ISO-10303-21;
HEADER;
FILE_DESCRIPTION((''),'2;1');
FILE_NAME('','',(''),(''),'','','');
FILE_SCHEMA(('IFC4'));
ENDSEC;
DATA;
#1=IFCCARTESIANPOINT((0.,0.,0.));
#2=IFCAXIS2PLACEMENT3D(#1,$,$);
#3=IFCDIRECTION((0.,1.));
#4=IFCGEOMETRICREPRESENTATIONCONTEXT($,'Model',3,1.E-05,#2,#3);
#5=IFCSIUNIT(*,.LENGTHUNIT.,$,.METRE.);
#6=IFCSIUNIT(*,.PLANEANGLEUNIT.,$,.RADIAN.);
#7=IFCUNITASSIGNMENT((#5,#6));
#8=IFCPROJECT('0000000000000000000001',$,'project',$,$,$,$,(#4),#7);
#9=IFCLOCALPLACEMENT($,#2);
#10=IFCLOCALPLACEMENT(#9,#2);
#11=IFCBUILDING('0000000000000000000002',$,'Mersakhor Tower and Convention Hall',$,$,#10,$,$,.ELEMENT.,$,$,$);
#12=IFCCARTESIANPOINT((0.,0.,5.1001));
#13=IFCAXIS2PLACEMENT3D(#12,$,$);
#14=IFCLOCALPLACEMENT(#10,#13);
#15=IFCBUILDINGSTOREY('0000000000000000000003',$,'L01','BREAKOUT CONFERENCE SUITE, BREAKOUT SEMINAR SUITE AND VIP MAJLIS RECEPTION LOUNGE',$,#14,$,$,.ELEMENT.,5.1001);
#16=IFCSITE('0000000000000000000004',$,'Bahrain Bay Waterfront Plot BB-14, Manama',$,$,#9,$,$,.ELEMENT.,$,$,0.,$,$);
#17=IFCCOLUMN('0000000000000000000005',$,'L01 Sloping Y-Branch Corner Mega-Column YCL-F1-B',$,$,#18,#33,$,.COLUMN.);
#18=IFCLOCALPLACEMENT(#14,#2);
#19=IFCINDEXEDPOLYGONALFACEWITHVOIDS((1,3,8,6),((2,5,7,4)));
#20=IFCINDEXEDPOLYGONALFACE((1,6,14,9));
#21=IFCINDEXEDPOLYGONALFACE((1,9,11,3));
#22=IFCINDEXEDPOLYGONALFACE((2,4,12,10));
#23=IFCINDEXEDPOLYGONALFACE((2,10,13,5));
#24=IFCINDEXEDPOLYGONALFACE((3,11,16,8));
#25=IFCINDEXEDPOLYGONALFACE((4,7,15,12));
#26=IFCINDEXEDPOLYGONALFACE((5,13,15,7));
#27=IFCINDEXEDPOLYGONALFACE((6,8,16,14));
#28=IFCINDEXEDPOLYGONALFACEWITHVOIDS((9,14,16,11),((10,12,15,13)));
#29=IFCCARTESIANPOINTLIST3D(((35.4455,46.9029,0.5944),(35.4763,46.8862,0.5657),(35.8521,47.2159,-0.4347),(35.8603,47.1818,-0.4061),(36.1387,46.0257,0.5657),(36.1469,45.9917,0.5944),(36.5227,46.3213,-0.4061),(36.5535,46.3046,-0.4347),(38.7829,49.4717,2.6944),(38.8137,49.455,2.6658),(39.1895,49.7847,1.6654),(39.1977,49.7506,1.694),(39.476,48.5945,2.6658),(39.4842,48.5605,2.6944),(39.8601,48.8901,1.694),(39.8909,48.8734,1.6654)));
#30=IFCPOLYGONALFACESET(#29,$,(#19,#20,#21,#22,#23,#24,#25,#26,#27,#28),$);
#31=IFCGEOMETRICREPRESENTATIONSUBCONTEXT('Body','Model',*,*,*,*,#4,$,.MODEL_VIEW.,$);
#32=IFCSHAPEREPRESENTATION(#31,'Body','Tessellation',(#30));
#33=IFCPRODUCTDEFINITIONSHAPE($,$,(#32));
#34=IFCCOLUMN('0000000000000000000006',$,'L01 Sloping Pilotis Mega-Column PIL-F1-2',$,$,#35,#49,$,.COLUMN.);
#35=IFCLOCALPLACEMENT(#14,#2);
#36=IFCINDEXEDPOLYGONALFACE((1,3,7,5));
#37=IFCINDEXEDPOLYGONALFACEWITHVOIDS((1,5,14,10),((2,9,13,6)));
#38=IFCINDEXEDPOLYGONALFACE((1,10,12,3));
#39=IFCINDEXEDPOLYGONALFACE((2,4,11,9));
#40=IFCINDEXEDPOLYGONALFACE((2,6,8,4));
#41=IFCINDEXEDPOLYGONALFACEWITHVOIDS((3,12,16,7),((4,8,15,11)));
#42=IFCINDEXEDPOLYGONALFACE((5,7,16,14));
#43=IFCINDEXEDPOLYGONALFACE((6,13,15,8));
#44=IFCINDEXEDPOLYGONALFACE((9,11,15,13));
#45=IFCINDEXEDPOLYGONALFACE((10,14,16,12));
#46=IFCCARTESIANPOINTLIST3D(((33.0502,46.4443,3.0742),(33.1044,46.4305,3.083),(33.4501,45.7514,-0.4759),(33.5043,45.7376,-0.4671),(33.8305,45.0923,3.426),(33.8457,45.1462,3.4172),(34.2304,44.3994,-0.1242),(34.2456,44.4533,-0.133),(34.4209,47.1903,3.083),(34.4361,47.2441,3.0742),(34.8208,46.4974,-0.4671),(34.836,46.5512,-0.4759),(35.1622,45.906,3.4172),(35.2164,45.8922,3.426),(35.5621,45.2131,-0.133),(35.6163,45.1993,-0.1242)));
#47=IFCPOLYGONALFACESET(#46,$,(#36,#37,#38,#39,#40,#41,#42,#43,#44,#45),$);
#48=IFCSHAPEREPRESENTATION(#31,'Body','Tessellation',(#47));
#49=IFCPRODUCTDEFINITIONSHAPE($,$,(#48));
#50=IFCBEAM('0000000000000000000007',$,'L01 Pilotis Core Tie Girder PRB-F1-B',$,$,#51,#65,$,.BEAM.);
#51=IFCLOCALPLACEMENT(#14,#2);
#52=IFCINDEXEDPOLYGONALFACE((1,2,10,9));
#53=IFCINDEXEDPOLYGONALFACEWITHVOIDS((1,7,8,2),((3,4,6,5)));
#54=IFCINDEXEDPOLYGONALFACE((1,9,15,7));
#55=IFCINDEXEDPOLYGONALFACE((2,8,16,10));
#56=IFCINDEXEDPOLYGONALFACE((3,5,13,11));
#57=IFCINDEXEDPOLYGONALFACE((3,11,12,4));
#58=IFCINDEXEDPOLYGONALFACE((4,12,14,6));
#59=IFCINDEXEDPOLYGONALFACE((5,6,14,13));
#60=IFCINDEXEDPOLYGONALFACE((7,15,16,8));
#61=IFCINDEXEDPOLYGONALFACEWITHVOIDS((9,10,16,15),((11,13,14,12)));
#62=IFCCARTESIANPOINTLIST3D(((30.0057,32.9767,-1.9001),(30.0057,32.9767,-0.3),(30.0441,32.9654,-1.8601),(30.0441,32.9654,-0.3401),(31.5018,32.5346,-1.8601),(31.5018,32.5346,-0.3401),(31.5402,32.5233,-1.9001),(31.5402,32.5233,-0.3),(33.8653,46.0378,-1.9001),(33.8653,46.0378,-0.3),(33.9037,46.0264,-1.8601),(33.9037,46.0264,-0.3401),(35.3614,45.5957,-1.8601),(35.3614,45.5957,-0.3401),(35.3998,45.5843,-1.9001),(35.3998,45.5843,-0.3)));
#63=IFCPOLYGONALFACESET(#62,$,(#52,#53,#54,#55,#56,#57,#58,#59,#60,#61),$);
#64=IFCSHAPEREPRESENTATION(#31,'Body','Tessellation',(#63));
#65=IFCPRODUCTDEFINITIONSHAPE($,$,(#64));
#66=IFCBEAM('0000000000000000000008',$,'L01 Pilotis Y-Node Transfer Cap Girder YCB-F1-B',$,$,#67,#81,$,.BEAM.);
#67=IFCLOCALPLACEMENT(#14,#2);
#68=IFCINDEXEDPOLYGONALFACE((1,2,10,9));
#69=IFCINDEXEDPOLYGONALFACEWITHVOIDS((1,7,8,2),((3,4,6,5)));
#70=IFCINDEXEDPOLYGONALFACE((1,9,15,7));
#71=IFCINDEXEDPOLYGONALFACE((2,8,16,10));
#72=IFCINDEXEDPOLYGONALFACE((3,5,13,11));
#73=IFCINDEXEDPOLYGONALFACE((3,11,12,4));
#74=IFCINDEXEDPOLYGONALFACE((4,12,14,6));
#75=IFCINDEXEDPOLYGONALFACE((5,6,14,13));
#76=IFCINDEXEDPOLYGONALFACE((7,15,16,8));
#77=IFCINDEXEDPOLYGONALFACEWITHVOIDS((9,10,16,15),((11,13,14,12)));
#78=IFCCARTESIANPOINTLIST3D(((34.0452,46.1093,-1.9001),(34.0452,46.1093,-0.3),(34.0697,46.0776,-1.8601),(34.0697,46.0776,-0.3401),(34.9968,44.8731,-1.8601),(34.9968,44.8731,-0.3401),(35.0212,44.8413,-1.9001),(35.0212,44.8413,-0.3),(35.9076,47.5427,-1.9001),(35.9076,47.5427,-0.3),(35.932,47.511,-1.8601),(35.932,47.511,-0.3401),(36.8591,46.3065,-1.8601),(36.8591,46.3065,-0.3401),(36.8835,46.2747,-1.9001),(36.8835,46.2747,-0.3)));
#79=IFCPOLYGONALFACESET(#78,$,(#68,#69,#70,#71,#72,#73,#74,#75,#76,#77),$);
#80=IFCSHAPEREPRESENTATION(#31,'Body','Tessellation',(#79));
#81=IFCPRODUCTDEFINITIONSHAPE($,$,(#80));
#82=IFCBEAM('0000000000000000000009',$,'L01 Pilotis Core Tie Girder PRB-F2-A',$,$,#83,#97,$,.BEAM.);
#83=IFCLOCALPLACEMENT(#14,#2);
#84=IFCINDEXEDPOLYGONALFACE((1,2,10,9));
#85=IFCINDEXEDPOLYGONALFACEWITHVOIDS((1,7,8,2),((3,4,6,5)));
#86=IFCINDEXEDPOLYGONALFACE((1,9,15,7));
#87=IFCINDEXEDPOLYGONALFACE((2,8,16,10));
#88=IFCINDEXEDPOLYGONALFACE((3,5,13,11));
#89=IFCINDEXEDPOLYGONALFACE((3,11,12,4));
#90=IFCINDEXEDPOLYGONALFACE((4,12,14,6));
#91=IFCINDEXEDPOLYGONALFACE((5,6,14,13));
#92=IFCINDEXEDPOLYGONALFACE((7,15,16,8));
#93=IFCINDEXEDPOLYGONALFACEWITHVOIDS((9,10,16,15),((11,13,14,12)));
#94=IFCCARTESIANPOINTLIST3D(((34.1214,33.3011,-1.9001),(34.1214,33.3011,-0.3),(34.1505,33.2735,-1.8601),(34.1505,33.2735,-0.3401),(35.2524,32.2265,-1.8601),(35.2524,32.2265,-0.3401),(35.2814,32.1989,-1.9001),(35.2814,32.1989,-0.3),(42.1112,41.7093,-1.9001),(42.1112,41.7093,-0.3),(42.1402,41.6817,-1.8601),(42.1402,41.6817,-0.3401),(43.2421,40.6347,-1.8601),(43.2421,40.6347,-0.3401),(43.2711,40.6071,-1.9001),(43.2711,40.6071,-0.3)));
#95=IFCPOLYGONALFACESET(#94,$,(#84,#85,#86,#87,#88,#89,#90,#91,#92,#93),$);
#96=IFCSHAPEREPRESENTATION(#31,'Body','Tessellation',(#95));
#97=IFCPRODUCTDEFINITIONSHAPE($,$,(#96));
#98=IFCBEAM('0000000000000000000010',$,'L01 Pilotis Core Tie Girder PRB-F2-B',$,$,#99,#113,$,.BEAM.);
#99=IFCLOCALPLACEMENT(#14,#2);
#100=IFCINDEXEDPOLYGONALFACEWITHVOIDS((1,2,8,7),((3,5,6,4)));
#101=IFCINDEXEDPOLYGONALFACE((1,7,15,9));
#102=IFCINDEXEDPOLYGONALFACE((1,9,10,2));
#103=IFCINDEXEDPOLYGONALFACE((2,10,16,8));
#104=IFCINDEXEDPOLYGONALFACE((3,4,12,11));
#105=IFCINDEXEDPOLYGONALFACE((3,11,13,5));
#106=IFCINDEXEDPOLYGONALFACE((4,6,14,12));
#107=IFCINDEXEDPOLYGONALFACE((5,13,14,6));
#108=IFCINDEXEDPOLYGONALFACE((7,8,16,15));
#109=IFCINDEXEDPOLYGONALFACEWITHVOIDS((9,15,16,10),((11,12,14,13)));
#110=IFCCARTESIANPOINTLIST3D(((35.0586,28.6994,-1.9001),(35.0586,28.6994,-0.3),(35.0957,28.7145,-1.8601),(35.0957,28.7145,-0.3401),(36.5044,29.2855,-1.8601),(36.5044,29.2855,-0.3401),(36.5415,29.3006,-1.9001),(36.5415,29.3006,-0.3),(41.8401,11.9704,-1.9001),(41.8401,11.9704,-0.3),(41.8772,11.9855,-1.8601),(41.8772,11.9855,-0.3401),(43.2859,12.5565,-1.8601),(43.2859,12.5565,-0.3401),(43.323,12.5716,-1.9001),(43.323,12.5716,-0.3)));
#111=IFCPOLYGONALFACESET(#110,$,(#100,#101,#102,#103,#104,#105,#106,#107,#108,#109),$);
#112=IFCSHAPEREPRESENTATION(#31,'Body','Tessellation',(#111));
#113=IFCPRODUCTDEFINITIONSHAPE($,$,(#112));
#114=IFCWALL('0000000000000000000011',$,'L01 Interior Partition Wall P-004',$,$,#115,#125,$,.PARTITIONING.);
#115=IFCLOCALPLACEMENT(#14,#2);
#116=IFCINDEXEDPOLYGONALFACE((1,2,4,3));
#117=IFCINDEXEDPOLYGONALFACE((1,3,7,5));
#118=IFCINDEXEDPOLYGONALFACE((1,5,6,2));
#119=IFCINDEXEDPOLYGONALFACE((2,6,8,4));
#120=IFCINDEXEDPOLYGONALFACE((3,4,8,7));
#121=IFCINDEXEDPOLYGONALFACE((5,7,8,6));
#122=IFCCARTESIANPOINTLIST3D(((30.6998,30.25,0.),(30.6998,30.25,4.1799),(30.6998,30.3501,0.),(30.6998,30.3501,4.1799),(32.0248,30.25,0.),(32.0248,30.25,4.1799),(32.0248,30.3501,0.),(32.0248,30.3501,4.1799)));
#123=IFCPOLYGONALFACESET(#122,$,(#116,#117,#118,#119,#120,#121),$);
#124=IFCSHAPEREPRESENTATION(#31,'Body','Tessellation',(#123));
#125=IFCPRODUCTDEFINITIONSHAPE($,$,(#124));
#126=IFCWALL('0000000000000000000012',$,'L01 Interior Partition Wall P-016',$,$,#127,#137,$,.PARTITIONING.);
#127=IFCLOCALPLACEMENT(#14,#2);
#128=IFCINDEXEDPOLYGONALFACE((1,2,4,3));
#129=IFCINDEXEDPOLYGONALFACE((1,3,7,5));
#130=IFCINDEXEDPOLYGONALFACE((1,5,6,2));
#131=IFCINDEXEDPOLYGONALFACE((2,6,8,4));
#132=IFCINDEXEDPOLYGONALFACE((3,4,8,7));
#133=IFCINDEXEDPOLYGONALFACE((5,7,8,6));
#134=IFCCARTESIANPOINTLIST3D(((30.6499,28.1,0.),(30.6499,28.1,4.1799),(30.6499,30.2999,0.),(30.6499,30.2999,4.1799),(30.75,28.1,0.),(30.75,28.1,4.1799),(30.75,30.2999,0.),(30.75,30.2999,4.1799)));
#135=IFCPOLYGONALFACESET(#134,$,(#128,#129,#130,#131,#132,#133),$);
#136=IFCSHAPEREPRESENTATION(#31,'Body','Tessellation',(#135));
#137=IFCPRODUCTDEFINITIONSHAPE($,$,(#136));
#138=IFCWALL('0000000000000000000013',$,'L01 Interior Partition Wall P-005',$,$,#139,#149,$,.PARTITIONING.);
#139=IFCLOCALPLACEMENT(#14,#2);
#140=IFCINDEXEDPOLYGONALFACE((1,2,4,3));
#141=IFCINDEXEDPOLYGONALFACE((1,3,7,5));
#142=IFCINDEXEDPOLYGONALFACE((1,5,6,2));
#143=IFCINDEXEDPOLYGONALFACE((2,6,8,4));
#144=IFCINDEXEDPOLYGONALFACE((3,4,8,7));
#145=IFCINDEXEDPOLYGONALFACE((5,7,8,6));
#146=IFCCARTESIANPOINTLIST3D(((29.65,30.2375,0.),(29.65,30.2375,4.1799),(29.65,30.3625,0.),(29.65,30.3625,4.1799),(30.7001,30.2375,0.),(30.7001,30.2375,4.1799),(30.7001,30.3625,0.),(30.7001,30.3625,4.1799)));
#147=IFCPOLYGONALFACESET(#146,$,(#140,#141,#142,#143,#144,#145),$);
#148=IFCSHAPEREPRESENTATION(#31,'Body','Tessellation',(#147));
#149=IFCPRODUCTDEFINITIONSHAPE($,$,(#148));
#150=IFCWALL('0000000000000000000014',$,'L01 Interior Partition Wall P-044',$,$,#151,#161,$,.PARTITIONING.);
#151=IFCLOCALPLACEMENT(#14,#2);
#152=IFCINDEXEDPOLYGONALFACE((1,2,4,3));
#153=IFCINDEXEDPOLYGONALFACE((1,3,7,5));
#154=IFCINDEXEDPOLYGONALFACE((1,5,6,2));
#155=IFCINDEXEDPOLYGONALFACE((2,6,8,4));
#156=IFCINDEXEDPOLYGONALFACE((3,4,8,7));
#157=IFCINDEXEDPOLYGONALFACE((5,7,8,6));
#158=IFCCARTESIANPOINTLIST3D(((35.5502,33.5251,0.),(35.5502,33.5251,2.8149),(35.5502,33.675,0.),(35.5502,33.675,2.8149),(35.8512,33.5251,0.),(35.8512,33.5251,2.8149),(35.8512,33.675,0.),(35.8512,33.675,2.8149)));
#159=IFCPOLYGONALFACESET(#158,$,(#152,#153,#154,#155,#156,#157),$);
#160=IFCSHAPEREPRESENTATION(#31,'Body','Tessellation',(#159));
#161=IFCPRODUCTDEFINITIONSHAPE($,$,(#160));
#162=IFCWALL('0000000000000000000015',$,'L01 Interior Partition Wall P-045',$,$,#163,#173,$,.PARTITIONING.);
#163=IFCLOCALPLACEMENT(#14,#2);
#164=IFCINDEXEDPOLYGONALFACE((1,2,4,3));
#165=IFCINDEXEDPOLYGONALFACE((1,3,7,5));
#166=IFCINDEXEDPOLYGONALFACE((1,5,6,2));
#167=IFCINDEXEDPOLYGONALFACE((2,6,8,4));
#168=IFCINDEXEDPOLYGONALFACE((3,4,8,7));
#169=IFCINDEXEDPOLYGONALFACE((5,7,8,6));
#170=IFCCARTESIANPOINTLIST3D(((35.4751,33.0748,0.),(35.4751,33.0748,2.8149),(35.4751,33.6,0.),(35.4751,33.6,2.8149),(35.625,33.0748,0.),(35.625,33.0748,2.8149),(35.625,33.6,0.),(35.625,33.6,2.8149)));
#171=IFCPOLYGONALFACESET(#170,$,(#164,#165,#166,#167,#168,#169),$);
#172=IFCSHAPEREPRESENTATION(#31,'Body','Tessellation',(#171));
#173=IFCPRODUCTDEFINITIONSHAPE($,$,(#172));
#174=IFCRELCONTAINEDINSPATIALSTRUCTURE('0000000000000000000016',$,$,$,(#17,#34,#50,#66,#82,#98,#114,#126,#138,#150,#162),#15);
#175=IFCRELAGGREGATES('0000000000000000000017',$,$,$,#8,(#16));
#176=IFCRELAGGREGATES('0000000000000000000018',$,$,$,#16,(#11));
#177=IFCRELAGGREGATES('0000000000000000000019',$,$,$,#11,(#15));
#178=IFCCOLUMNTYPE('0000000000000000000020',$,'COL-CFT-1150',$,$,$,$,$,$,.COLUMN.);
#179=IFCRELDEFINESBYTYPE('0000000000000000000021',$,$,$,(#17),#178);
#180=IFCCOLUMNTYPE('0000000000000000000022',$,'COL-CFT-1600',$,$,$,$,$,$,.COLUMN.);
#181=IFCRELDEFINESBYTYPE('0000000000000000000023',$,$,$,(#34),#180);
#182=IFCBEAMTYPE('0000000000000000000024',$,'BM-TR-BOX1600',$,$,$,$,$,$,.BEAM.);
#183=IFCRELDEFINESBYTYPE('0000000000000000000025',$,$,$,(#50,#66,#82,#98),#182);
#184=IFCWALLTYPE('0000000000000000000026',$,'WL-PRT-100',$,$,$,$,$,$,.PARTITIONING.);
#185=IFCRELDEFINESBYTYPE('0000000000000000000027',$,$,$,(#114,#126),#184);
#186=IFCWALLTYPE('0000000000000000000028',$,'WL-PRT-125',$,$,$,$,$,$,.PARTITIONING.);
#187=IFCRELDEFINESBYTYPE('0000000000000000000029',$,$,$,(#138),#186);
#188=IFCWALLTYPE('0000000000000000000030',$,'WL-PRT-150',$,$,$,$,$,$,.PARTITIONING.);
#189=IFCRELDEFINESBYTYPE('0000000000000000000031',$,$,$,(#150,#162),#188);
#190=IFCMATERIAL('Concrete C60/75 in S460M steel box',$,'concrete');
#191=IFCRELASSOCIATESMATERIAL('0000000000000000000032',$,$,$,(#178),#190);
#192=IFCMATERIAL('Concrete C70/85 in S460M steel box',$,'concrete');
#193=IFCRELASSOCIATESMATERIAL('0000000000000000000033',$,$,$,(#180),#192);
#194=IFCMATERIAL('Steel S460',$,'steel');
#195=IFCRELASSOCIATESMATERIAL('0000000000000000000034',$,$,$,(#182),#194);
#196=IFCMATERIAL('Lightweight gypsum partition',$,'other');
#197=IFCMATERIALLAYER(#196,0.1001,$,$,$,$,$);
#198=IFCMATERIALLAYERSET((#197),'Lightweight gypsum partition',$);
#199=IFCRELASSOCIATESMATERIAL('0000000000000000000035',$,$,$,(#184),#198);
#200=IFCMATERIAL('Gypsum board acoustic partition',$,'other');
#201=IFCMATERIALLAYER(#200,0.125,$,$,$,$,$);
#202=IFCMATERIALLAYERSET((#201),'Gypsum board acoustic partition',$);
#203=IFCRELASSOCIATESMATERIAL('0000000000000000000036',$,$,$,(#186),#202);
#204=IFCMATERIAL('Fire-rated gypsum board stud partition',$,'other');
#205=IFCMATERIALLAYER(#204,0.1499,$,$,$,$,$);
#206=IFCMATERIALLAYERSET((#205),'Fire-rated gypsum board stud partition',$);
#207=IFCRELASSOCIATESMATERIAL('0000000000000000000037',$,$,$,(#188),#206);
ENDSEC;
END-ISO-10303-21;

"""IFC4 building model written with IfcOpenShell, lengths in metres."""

from ifc_helpers import new_model, si_unit, direction, frame, frame_2d, origin, origin_2d, place, context, subcontext, project, spatial, rectangle, hollow_rectangle, extrude, material, layer, layer_set, material_profile, profile_set, type_object, element, save


model = new_model("IFC4")

# Units and contexts
model_context = context("Model", 3, precision=1e-05, world=origin(), true_north=direction((0.0, 1.0)))
body_context = subcontext(model_context, "Body", "Model", "MODEL_VIEW")
ifc_project = project(units=[si_unit("LENGTHUNIT", "METRE"), si_unit("PLANEANGLEUNIT", "RADIAN")], contexts=[model_context])

# Site, building, storey
site_placement = place(None, origin())
site = spatial("IfcSite", under=ifc_project, at=site_placement, Name="Bahrain Bay Waterfront Plot BB-14, Manama", CompositionType="ELEMENT", RefElevation=0.0)
building_placement = place(site_placement, origin())
building = spatial("IfcBuilding", under=site, at=building_placement, Name="Mersakhor Tower and Convention Hall", CompositionType="ELEMENT")
storey_placement = place(building_placement, frame((0.0, 0.0, 5.1001)))
storey = spatial("IfcBuildingStorey", under=building, at=storey_placement, Name="L01", Description="BREAKOUT CONFERENCE SUITE, BREAKOUT SEMINAR SUITE AND VIP MAJLIS RECEPTION LOUNGE", CompositionType="ELEMENT", Elevation=5.1001)

# Columns
ifc_material_1 = material(Name="Concrete C60/75 in S460M steel box", Category="concrete")
ifc_material_profile_1 = material_profile(ifc_material_1, hollow_rectangle(XDim=1.1499, YDim=1.1499, WallThickness=0.032, at=origin_2d()), Name="SHS 1150x1150x32")
ifc_profile_set_1 = profile_set([ifc_material_profile_1], Name="Concrete C60/75 in S460M steel box")
column_type_1 = type_object("IfcColumnType", Name="COL-CFT-1150", PredefinedType="COLUMN", material=ifc_profile_set_1)
column_1_placement = place(storey_placement, frame((35.9995, 46.6038, 0.0798), z_axis=(0.709161, 0.545852, 0.446247), x_axis=(-0.609952, 0.792439, 0.0)))
element("IfcColumn", 1, at=column_1_placement, inside=storey, type_object=column_type_1, Name="L01 Sloping Y-Branch Corner Mega-Column YCL-F1-B", PredefinedType="COLUMN", context=body_context, shape_type="SweptSolid", body=[
    extrude(hollow_rectangle(XDim=1.1499, YDim=1.1499, WallThickness=0.032, at=origin_2d()), origin(), (0.0, 0.0, 1.0), 4.7061),
])
ifc_material_2 = material(Name="Concrete C70/85 in S460M steel box", Category="concrete")
ifc_material_profile_2 = material_profile(ifc_material_2, hollow_rectangle(XDim=1.6001, YDim=1.6001, WallThickness=0.04, at=origin_2d()), Name="SHS 1600x1600x40")
ifc_profile_set_2 = profile_set([ifc_material_profile_2], Name="Concrete C70/85 in S460M steel box")
column_type_2 = type_object("IfcColumnType", Name="COL-CFT-1600", PredefinedType="COLUMN", material=ifc_profile_set_2)
column_2_placement = place(storey_placement, frame((34.5332, 45.4753, -0.3), z_axis=(-0.109891, 0.190398, 0.975537), x_axis=(-0.866094, -0.499881, 0.0)))
element("IfcColumn", 2, at=column_2_placement, inside=storey, type_object=column_type_2, Name="L01 Sloping Pilotis Mega-Column PIL-F1-2", PredefinedType="COLUMN", context=body_context, shape_type="SweptSolid", body=[
    extrude(hollow_rectangle(XDim=1.6001, YDim=1.6001, WallThickness=0.04, at=origin_2d()), origin(), (0.0, 0.0, 1.0), 3.6392),
])

# Beams
ifc_material_3 = material(Name="Steel S460", Category="steel")
ifc_material_profile_3 = material_profile(ifc_material_3, hollow_rectangle(XDim=1.6001, YDim=1.6001, WallThickness=0.04, at=origin_2d()), Name="SHS 1600x1600x40")
ifc_profile_set_3 = profile_set([ifc_material_profile_3], Name="Steel S460")
beam_type = type_object("IfcBeamType", Name="BM-TR-BOX1600", PredefinedType="BEAM", material=ifc_profile_set_3)
beam_1_placement = place(storey_placement, frame((30.7729, 32.75, -1.1001), z_axis=(0.283392, 0.959004, 0.0), x_axis=(-0.959004, 0.283392, 0.0)))
element("IfcBeam", 3, at=beam_1_placement, inside=storey, type_object=beam_type, Name="L01 Pilotis Core Tie Girder PRB-F1-B", PredefinedType="BEAM", context=body_context, shape_type="SweptSolid", body=[
    extrude(hollow_rectangle(XDim=1.6001, YDim=1.6001, WallThickness=0.04, at=origin_2d()), origin(), (0.0, 0.0, 1.0), 13.6194),
])
beam_2_placement = place(storey_placement, frame((34.5332, 45.4753, -1.1001), z_axis=(0.792458, 0.609927, 0.0), x_axis=(-0.609927, 0.792458, 0.0)))
element("IfcBeam", 4, at=beam_2_placement, inside=storey, type_object=beam_type, Name="L01 Pilotis Y-Node Transfer Cap Girder YCB-F1-B", PredefinedType="BEAM", context=body_context, shape_type="SweptSolid", body=[
    extrude(hollow_rectangle(XDim=1.6001, YDim=1.6001, WallThickness=0.04, at=origin_2d()), origin(), (0.0, 0.0, 1.0), 2.3501),
])
beam_3_placement = place(storey_placement, frame((34.7014, 32.75, -1.1001), z_axis=(0.688838, 0.724915, 0.0), x_axis=(-0.724915, 0.688838, 0.0)))
element("IfcBeam", 5, at=beam_3_placement, inside=storey, type_object=beam_type, Name="L01 Pilotis Core Tie Girder PRB-F2-A", PredefinedType="BEAM", context=body_context, shape_type="SweptSolid", body=[
    extrude(hollow_rectangle(XDim=1.6001, YDim=1.6001, WallThickness=0.04, at=origin_2d()), origin(), (0.0, 0.0, 1.0), 11.5989),
])
beam_4_placement = place(storey_placement, frame((35.8, 29.0, -1.1001), z_axis=(0.37568, -0.92675, 0.0), x_axis=(0.92675, 0.37568, 0.0)))
element("IfcBeam", 6, at=beam_4_placement, inside=storey, type_object=beam_type, Name="L01 Pilotis Core Tie Girder PRB-F2-B", PredefinedType="BEAM", context=body_context, shape_type="SweptSolid", body=[
    extrude(hollow_rectangle(XDim=1.6001, YDim=1.6001, WallThickness=0.04, at=origin_2d()), origin(), (0.0, 0.0, 1.0), 18.0513),
])

# Walls
ifc_material_4 = material(Name="Lightweight gypsum partition", Category="other")
ifc_layer_1 = layer(ifc_material_4, 0.1001)
ifc_layer_set_1 = layer_set([ifc_layer_1], Name="Lightweight gypsum partition")
wall_type_1 = type_object("IfcWallType", Name="WL-PRT-100", PredefinedType="PARTITIONING", material=ifc_layer_set_1)
wall_1_placement = place(storey_placement, frame((32.0249, 30.3, 0.0), z_axis=(0.0, 0.0, 1.0), x_axis=(-1.0, 0.0, 0.0)))
element("IfcWall", 7, at=wall_1_placement, inside=storey, type_object=wall_type_1, Name="L01 Interior Partition Wall P-004", PredefinedType="PARTITIONING", context=body_context, shape_type="SweptSolid", body=[
    extrude(rectangle(XDim=1.325, YDim=0.1001, at=frame_2d((0.6626, 0.0))), origin(), (0.0, 0.0, 1.0), 4.1799),
])
wall_2_placement = place(storey_placement, frame((30.7, 30.3, 0.0), z_axis=(0.0, 0.0, 1.0), x_axis=(0.0, -1.0, 0.0)))
element("IfcWall", 8, at=wall_2_placement, inside=storey, type_object=wall_type_1, Name="L01 Interior Partition Wall P-016", PredefinedType="PARTITIONING", context=body_context, shape_type="SweptSolid", body=[
    extrude(rectangle(XDim=2.2, YDim=0.1001, at=frame_2d((1.1001, 0.0))), origin(), (0.0, 0.0, 1.0), 4.1799),
])
ifc_material_5 = material(Name="Gypsum board acoustic partition", Category="other")
ifc_layer_2 = layer(ifc_material_5, 0.125)
ifc_layer_set_2 = layer_set([ifc_layer_2], Name="Gypsum board acoustic partition")
wall_type_2 = type_object("IfcWallType", Name="WL-PRT-125", PredefinedType="PARTITIONING", material=ifc_layer_set_2)
wall_3_placement = place(storey_placement, frame((30.7, 30.3, 0.0), z_axis=(0.0, 0.0, 1.0), x_axis=(-1.0, 0.0, 0.0)))
element("IfcWall", 9, at=wall_3_placement, inside=storey, type_object=wall_type_2, Name="L01 Interior Partition Wall P-005", PredefinedType="PARTITIONING", context=body_context, shape_type="SweptSolid", body=[
    extrude(rectangle(XDim=1.05, YDim=0.125, at=frame_2d((0.5249, 0.0))), origin(), (0.0, 0.0, 1.0), 4.1799),
])
ifc_material_6 = material(Name="Fire-rated gypsum board stud partition", Category="other")
ifc_layer_3 = layer(ifc_material_6, 0.1499)
ifc_layer_set_3 = layer_set([ifc_layer_3], Name="Fire-rated gypsum board stud partition")
wall_type_3 = type_object("IfcWallType", Name="WL-PRT-150", PredefinedType="PARTITIONING", material=ifc_layer_set_3)
wall_4_placement = place(storey_placement, frame((35.8511, 33.6001, 0.0), z_axis=(0.0, 0.0, 1.0), x_axis=(-1.0, 0.0, 0.0)))
element("IfcWall", 10, at=wall_4_placement, inside=storey, type_object=wall_type_3, Name="L01 Interior Partition Wall P-044", PredefinedType="PARTITIONING", context=body_context, shape_type="SweptSolid", body=[
    extrude(rectangle(XDim=0.301, YDim=0.1499, at=frame_2d((0.1504, 0.0))), origin(), (0.0, 0.0, 1.0), 2.8149),
])
wall_5_placement = place(storey_placement, frame((35.55, 33.6001, 0.0), z_axis=(0.0, 0.0, 1.0), x_axis=(0.0, -1.0, 0.0)))
element("IfcWall", 11, at=wall_5_placement, inside=storey, type_object=wall_type_3, Name="L01 Interior Partition Wall P-045", PredefinedType="PARTITIONING", context=body_context, shape_type="SweptSolid", body=[
    extrude(rectangle(XDim=0.5251, YDim=0.1499, at=frame_2d((0.2627, 0.0))), origin(), (0.0, 0.0, 1.0), 2.8149),
])

save(model, "model.ifc")
